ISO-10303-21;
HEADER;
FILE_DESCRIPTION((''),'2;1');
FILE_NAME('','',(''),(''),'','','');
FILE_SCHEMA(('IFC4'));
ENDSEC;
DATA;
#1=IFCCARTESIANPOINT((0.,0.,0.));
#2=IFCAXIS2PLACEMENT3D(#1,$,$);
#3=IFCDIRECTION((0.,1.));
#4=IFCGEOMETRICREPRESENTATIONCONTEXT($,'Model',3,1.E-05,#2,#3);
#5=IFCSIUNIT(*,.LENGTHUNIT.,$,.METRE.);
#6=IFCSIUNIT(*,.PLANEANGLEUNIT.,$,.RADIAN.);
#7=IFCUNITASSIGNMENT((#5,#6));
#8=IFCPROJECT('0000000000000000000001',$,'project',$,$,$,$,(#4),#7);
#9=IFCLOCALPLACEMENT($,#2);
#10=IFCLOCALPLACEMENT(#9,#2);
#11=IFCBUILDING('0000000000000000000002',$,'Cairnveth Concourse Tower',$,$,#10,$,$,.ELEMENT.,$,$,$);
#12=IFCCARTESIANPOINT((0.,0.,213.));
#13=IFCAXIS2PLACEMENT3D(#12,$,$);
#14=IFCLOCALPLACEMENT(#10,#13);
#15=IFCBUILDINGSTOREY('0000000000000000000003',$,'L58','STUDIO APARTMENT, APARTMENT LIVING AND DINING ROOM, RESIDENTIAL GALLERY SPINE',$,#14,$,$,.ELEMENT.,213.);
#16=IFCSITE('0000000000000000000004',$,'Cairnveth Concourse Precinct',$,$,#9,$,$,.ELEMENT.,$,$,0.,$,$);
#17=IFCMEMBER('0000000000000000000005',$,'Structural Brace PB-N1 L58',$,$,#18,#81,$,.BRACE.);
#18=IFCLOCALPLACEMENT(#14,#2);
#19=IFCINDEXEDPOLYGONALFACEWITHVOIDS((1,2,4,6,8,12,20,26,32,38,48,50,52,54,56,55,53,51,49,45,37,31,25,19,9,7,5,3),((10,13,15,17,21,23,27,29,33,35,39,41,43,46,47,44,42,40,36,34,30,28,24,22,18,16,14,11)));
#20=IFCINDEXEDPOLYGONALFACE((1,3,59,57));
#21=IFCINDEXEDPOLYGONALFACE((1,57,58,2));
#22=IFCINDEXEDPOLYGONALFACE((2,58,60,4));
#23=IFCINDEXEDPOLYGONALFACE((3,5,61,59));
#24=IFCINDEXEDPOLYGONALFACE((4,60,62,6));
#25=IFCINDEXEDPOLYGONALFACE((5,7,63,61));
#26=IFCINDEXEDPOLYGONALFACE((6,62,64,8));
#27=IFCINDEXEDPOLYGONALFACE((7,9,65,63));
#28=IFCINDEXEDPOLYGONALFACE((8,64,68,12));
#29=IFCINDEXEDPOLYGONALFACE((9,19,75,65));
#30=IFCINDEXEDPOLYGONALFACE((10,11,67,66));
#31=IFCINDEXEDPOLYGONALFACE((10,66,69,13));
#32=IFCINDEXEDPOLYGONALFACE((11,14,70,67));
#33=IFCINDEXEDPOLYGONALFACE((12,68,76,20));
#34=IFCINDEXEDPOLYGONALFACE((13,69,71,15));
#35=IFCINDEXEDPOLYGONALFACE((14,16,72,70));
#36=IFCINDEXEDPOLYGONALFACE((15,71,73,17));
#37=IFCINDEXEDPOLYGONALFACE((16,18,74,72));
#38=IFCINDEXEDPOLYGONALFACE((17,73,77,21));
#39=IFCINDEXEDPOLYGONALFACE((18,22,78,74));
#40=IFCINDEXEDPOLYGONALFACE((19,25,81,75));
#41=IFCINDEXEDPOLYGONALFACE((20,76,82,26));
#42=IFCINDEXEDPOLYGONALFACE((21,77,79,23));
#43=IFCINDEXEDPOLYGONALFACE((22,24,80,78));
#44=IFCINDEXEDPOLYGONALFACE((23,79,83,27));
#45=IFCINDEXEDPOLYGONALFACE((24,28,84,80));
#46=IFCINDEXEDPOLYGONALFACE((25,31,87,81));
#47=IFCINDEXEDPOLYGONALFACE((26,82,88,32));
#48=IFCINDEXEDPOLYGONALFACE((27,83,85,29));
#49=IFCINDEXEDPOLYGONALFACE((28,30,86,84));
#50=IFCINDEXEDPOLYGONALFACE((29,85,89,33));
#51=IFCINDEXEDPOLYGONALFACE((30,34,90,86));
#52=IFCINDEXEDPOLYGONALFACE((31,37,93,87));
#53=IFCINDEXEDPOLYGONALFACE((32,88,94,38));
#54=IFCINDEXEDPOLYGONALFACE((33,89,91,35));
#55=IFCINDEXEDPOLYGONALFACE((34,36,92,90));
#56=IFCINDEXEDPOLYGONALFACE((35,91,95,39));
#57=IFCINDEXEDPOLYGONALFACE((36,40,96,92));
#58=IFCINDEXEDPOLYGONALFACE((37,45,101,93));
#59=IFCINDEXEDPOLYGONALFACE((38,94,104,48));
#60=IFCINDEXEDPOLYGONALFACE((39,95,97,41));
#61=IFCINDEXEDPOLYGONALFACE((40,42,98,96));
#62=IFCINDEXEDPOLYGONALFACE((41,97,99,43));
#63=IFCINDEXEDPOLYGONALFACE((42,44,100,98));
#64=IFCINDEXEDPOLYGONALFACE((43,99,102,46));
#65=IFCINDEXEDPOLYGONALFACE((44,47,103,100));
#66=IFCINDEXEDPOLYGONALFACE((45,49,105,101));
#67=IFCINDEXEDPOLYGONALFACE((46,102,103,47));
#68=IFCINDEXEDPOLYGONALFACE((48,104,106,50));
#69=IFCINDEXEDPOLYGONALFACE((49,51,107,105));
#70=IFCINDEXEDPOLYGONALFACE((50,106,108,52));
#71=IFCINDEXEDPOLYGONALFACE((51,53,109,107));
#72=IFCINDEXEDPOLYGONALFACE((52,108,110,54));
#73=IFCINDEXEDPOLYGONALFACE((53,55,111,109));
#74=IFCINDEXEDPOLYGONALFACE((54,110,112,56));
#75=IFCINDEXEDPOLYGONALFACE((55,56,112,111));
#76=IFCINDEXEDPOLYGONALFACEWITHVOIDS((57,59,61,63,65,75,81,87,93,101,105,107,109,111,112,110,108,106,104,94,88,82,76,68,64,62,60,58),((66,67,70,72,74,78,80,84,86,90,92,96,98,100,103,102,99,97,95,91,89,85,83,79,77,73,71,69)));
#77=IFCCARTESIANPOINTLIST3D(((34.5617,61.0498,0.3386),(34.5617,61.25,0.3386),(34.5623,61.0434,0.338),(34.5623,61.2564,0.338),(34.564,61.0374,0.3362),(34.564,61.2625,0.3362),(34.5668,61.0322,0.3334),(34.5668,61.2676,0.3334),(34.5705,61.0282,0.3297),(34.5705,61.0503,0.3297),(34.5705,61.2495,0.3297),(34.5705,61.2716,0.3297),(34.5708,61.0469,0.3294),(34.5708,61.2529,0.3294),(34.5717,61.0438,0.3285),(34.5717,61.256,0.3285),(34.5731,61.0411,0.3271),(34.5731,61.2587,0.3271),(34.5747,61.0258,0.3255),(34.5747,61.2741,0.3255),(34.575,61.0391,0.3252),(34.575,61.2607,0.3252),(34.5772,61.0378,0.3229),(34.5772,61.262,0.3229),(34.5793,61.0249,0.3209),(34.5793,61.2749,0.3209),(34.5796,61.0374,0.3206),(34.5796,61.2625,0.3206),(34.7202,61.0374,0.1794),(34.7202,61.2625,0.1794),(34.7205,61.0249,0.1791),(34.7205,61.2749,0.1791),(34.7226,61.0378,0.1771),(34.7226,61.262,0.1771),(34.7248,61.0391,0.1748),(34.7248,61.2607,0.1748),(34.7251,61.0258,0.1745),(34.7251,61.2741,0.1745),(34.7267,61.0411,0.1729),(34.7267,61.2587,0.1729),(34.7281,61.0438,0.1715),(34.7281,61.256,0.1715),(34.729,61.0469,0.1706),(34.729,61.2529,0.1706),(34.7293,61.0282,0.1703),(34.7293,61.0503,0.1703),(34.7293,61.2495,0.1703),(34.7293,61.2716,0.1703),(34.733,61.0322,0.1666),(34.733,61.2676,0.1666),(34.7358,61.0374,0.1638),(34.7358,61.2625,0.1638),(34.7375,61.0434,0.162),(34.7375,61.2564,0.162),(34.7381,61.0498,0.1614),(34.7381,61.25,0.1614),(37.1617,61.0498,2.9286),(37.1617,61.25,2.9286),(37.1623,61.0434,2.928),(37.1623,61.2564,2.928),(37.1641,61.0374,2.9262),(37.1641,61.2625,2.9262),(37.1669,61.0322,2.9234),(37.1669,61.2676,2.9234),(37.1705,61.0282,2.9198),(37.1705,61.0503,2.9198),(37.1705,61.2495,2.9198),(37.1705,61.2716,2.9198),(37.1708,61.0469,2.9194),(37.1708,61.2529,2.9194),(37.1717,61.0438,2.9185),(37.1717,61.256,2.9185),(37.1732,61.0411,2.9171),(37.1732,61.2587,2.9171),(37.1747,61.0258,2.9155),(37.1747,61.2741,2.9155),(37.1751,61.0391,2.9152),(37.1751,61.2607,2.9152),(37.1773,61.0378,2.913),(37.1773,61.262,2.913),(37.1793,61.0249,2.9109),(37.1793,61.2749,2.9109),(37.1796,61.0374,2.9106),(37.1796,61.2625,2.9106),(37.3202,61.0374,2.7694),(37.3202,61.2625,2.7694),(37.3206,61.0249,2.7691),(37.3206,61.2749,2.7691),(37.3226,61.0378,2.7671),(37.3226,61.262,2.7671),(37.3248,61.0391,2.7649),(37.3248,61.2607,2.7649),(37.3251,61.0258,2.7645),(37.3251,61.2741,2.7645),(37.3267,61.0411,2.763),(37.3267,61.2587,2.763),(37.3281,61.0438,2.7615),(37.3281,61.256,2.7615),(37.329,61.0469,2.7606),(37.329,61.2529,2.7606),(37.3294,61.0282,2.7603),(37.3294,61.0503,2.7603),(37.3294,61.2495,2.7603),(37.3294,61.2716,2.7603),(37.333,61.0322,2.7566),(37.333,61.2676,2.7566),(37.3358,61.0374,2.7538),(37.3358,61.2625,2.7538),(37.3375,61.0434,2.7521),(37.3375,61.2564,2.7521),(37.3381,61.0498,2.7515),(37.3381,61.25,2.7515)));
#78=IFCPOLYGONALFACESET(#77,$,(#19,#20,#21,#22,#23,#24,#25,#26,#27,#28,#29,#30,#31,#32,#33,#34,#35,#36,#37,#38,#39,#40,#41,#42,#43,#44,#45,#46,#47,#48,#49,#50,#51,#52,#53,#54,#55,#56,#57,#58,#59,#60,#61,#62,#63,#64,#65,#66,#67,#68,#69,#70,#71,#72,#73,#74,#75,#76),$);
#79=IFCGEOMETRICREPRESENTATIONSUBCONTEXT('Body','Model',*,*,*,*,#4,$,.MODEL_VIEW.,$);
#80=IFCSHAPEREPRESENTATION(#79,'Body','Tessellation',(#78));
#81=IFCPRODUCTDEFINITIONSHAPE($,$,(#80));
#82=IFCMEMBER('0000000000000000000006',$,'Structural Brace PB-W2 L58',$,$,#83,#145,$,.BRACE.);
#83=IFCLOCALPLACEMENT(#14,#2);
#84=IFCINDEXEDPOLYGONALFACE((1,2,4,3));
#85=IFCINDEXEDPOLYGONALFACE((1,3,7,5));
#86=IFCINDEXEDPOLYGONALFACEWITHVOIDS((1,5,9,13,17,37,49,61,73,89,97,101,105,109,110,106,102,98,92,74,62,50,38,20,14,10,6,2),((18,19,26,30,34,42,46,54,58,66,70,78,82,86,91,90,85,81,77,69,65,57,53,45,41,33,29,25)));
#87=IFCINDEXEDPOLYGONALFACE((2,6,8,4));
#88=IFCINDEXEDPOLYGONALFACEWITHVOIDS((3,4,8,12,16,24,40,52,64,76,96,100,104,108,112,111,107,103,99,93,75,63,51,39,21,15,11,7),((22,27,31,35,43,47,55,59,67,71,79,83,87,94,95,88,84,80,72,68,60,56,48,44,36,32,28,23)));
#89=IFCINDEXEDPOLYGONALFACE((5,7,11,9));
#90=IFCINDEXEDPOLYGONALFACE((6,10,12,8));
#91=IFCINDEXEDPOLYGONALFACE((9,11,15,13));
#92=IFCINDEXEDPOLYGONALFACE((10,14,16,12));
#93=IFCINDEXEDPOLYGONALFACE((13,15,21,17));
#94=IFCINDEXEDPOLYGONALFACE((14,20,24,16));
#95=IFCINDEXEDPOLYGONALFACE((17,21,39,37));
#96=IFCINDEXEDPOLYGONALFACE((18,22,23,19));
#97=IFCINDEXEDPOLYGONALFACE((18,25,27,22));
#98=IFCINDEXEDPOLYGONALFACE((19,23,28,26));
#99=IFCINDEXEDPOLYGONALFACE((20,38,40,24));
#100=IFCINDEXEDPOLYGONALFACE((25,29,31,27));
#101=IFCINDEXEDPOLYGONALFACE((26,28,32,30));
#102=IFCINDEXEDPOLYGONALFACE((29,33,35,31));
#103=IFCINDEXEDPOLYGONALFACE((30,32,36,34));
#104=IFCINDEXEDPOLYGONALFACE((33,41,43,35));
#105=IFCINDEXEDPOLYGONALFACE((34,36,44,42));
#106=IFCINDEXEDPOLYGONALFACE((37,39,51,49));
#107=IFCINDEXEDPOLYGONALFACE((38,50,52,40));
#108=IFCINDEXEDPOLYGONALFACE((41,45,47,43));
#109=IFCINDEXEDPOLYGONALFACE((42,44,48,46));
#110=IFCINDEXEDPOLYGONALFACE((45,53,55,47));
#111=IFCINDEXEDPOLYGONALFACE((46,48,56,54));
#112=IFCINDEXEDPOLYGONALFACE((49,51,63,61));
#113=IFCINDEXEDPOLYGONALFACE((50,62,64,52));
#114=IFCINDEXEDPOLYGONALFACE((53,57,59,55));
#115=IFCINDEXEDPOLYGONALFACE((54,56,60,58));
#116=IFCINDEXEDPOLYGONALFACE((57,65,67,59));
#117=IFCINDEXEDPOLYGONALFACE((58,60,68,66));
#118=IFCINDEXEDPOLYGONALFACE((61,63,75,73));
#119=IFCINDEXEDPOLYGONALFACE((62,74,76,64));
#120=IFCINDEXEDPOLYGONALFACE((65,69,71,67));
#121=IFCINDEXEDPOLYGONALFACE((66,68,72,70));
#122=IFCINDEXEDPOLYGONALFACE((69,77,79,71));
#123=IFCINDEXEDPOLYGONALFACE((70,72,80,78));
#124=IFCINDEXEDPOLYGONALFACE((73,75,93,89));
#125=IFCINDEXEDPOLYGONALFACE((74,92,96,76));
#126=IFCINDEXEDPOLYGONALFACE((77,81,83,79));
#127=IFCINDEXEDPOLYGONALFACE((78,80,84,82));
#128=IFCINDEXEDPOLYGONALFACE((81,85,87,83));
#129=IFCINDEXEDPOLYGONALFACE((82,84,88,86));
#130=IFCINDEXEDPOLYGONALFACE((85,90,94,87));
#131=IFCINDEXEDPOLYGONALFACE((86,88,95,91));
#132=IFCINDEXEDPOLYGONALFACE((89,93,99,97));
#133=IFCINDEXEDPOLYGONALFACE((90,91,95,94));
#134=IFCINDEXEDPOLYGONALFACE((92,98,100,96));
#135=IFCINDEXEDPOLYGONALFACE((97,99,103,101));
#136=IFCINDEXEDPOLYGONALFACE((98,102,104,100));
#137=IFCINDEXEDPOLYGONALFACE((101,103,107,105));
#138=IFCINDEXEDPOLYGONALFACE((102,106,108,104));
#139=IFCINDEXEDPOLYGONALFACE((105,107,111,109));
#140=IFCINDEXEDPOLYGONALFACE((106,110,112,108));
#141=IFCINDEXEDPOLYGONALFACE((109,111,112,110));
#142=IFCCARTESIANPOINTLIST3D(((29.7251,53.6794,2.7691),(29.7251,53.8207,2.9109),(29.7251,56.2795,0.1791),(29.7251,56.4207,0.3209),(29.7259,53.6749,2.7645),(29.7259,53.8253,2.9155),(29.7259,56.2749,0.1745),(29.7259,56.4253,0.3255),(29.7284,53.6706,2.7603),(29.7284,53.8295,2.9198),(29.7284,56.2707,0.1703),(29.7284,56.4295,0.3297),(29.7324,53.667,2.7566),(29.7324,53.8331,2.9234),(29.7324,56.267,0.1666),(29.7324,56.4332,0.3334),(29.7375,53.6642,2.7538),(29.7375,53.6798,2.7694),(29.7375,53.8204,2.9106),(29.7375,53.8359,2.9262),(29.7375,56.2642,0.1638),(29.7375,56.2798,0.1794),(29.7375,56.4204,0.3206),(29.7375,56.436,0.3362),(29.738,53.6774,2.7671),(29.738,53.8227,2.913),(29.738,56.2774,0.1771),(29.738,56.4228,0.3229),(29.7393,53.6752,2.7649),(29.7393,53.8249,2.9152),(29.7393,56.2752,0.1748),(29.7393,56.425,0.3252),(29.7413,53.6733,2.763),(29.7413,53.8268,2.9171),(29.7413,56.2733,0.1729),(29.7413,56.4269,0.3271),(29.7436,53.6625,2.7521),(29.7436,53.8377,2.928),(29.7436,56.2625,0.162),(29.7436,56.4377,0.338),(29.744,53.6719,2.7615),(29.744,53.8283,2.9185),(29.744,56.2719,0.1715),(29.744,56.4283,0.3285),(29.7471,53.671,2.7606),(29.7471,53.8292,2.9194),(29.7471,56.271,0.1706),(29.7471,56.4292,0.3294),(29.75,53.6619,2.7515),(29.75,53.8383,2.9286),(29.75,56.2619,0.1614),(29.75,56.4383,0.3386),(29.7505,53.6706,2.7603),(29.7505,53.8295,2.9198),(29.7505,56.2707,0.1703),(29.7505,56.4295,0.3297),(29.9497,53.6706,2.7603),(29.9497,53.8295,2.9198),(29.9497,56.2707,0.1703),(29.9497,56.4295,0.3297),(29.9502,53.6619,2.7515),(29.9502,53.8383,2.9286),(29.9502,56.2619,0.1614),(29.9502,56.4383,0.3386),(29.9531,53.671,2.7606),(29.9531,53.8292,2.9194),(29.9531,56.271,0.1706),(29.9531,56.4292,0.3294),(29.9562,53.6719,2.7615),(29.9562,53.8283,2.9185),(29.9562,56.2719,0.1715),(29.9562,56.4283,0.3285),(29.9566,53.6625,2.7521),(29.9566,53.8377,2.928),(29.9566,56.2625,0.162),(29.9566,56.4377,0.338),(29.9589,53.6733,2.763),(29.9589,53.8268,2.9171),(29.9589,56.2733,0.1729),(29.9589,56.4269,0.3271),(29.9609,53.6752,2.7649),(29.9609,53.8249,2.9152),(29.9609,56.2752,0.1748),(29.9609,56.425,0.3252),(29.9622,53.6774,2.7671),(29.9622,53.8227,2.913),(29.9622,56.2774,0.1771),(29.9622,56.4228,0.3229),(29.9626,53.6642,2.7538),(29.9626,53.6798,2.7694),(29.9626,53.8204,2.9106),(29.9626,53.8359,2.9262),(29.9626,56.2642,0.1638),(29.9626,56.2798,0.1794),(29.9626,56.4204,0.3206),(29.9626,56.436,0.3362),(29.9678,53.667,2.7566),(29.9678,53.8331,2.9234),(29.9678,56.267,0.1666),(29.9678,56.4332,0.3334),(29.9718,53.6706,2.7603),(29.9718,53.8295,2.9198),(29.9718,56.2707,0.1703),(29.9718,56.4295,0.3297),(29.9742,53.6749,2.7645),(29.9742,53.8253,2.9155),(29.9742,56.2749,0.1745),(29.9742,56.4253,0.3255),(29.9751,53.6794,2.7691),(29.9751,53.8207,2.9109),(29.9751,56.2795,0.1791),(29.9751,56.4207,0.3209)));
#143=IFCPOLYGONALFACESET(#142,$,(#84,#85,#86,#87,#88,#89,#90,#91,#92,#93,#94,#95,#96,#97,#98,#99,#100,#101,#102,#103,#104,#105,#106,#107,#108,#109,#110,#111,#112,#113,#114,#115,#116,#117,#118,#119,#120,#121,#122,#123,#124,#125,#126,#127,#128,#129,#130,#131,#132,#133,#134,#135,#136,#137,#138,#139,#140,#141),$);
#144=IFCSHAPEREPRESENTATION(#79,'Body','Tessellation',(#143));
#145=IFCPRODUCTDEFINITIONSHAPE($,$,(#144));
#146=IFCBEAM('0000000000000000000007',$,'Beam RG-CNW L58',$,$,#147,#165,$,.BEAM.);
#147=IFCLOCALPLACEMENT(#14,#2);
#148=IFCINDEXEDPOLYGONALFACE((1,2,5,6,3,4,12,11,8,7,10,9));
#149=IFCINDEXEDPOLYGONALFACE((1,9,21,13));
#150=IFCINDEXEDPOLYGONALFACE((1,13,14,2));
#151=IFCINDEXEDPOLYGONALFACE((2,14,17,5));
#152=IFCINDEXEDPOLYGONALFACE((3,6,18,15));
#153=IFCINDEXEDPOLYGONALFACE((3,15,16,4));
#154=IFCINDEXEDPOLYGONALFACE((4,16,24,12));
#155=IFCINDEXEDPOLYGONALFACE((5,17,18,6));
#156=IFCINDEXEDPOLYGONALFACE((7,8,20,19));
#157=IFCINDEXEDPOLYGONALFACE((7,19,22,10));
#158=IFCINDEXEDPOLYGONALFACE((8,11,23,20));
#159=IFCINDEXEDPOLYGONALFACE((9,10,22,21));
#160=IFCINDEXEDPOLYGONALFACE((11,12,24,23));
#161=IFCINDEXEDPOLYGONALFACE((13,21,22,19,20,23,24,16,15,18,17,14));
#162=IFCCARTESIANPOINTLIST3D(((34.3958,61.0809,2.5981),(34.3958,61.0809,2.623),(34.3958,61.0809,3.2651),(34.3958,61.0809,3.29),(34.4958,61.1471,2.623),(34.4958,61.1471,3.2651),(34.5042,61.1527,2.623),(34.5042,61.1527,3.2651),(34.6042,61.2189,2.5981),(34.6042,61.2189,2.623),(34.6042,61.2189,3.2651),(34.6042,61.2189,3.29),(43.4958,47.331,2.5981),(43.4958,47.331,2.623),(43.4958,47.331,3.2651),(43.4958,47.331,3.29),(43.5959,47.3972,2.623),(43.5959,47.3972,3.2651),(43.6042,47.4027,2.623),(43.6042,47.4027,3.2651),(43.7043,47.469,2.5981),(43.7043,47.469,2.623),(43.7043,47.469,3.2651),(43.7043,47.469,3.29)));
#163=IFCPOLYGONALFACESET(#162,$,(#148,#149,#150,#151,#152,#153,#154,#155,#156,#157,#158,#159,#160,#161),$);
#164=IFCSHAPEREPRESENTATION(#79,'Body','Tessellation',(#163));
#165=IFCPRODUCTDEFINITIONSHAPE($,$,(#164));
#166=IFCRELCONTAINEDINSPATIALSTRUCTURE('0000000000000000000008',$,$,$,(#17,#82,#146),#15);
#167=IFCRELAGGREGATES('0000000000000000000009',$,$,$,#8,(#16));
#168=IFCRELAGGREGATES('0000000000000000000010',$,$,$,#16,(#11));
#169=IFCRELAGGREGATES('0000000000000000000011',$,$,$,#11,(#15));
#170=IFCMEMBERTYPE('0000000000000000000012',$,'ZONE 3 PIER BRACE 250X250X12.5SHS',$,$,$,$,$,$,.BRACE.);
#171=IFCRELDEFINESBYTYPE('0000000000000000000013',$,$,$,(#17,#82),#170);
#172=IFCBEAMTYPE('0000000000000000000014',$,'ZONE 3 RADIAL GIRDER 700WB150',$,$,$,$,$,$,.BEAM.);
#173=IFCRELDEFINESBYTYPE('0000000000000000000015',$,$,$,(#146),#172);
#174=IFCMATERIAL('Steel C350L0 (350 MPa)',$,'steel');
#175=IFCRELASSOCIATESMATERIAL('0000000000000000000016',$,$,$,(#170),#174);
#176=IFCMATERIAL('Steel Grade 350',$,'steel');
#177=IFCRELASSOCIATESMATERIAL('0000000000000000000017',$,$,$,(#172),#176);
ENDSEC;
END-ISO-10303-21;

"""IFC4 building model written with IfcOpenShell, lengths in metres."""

from ifc_helpers import new_model, si_unit, direction, frame, origin, origin_2d, place, context, subcontext, project, spatial, hollow_rectangle, i_section, extrude, material, material_profile, profile_set, type_object, element, save


model = new_model("IFC4")

# Units and contexts
model_context = context("Model", 3, precision=1e-05, world=origin(), true_north=direction((0.0, 1.0)))
body_context = subcontext(model_context, "Body", "Model", "MODEL_VIEW")
ifc_project = project(units=[si_unit("LENGTHUNIT", "METRE"), si_unit("PLANEANGLEUNIT", "RADIAN")], contexts=[model_context])

# Site, building, storey
site_placement = place(None, origin())
site = spatial("IfcSite", under=ifc_project, at=site_placement, Name="Cairnveth Concourse Precinct", CompositionType="ELEMENT", RefElevation=0.0)
building_placement = place(site_placement, origin())
building = spatial("IfcBuilding", under=site, at=building_placement, Name="Cairnveth Concourse Tower", CompositionType="ELEMENT")
storey_placement = place(building_placement, frame((0.0, 0.0, 213.0)))
storey = spatial("IfcBuildingStorey", under=building, at=storey_placement, Name="L58", Description="STUDIO APARTMENT, APARTMENT LIVING AND DINING ROOM, RESIDENTIAL GALLERY SPINE", CompositionType="ELEMENT", Elevation=213.0)

# Shared definitions
ifc_material_1 = material(Name="Steel Grade 350", Category="steel")

# Members
ifc_material_2 = material(Name="Steel C350L0 (350 MPa)", Category="steel")
ifc_material_profile_1 = material_profile(ifc_material_2, hollow_rectangle(XDim=0.25, YDim=0.25, WallThickness=0.0125, InnerFilletRadius=0.0129, OuterFilletRadius=0.0249, at=origin_2d()), Name="250x250x12.5SHS")
ifc_profile_set_1 = profile_set([ifc_material_profile_1], Name="Steel C350L0 (350 MPa)")
member_type = type_object("IfcMemberType", Name="ZONE 3 PIER BRACE 250X250X12.5SHS", PredefinedType="BRACE", material=ifc_profile_set_1)
for number, where, z_axis, x_axis, name in (
    (1, (34.6499, 61.1499, 0.25), (0.708469, 0.0, 0.705742), (0.0, 1.0, 0.0), "Structural Brace PB-N1 L58"),
    (2, (29.8501, 56.3501, 0.25), (0.0, -0.708469, 0.705742), (1.0, 0.0, 0.0), "Structural Brace PB-W2 L58"),
):
    element("IfcMember", number, at=place(storey_placement, frame(where, z_axis=z_axis, x_axis=x_axis)), inside=storey, type_object=member_type, Name=name, PredefinedType="BRACE", context=body_context, shape_type="SweptSolid", body=[
        extrude(hollow_rectangle(XDim=0.25, YDim=0.25, WallThickness=0.0125, InnerFilletRadius=0.0129, OuterFilletRadius=0.0249, at=origin_2d()), origin(), (0.0, 0.0, 1.0), 3.6699),
    ])

# Beam
ifc_material_profile_2 = material_profile(ifc_material_1, i_section(OverallWidth=0.25, OverallDepth=0.6919, WebThickness=0.01, FlangeThickness=0.0249, at=origin_2d()), Name="700WB150")
ifc_profile_set_2 = profile_set([ifc_material_profile_2], Name="Steel Grade 350")
beam_type_1 = type_object("IfcBeamType", Name="ZONE 3 RADIAL GIRDER 700WB150", PredefinedType="BEAM", material=ifc_profile_set_2)
beam_1_placement = place(storey_placement, frame((34.5, 61.1499, 2.9441), z_axis=(0.551902, -0.833909, 0.0), x_axis=(0.833909, 0.551902, 0.0)))
element("IfcBeam", 3, at=beam_1_placement, inside=storey, type_object=beam_type_1, Name="Beam RG-CNW L58", PredefinedType="BEAM", context=body_context, shape_type="SweptSolid", body=[
    extrude(i_section(OverallWidth=0.25, OverallDepth=0.6919, WebThickness=0.01, FlangeThickness=0.0249, at=origin_2d()), origin(), (0.0, 0.0, 1.0), 16.4885),
])

save(model, "model.ifc")
